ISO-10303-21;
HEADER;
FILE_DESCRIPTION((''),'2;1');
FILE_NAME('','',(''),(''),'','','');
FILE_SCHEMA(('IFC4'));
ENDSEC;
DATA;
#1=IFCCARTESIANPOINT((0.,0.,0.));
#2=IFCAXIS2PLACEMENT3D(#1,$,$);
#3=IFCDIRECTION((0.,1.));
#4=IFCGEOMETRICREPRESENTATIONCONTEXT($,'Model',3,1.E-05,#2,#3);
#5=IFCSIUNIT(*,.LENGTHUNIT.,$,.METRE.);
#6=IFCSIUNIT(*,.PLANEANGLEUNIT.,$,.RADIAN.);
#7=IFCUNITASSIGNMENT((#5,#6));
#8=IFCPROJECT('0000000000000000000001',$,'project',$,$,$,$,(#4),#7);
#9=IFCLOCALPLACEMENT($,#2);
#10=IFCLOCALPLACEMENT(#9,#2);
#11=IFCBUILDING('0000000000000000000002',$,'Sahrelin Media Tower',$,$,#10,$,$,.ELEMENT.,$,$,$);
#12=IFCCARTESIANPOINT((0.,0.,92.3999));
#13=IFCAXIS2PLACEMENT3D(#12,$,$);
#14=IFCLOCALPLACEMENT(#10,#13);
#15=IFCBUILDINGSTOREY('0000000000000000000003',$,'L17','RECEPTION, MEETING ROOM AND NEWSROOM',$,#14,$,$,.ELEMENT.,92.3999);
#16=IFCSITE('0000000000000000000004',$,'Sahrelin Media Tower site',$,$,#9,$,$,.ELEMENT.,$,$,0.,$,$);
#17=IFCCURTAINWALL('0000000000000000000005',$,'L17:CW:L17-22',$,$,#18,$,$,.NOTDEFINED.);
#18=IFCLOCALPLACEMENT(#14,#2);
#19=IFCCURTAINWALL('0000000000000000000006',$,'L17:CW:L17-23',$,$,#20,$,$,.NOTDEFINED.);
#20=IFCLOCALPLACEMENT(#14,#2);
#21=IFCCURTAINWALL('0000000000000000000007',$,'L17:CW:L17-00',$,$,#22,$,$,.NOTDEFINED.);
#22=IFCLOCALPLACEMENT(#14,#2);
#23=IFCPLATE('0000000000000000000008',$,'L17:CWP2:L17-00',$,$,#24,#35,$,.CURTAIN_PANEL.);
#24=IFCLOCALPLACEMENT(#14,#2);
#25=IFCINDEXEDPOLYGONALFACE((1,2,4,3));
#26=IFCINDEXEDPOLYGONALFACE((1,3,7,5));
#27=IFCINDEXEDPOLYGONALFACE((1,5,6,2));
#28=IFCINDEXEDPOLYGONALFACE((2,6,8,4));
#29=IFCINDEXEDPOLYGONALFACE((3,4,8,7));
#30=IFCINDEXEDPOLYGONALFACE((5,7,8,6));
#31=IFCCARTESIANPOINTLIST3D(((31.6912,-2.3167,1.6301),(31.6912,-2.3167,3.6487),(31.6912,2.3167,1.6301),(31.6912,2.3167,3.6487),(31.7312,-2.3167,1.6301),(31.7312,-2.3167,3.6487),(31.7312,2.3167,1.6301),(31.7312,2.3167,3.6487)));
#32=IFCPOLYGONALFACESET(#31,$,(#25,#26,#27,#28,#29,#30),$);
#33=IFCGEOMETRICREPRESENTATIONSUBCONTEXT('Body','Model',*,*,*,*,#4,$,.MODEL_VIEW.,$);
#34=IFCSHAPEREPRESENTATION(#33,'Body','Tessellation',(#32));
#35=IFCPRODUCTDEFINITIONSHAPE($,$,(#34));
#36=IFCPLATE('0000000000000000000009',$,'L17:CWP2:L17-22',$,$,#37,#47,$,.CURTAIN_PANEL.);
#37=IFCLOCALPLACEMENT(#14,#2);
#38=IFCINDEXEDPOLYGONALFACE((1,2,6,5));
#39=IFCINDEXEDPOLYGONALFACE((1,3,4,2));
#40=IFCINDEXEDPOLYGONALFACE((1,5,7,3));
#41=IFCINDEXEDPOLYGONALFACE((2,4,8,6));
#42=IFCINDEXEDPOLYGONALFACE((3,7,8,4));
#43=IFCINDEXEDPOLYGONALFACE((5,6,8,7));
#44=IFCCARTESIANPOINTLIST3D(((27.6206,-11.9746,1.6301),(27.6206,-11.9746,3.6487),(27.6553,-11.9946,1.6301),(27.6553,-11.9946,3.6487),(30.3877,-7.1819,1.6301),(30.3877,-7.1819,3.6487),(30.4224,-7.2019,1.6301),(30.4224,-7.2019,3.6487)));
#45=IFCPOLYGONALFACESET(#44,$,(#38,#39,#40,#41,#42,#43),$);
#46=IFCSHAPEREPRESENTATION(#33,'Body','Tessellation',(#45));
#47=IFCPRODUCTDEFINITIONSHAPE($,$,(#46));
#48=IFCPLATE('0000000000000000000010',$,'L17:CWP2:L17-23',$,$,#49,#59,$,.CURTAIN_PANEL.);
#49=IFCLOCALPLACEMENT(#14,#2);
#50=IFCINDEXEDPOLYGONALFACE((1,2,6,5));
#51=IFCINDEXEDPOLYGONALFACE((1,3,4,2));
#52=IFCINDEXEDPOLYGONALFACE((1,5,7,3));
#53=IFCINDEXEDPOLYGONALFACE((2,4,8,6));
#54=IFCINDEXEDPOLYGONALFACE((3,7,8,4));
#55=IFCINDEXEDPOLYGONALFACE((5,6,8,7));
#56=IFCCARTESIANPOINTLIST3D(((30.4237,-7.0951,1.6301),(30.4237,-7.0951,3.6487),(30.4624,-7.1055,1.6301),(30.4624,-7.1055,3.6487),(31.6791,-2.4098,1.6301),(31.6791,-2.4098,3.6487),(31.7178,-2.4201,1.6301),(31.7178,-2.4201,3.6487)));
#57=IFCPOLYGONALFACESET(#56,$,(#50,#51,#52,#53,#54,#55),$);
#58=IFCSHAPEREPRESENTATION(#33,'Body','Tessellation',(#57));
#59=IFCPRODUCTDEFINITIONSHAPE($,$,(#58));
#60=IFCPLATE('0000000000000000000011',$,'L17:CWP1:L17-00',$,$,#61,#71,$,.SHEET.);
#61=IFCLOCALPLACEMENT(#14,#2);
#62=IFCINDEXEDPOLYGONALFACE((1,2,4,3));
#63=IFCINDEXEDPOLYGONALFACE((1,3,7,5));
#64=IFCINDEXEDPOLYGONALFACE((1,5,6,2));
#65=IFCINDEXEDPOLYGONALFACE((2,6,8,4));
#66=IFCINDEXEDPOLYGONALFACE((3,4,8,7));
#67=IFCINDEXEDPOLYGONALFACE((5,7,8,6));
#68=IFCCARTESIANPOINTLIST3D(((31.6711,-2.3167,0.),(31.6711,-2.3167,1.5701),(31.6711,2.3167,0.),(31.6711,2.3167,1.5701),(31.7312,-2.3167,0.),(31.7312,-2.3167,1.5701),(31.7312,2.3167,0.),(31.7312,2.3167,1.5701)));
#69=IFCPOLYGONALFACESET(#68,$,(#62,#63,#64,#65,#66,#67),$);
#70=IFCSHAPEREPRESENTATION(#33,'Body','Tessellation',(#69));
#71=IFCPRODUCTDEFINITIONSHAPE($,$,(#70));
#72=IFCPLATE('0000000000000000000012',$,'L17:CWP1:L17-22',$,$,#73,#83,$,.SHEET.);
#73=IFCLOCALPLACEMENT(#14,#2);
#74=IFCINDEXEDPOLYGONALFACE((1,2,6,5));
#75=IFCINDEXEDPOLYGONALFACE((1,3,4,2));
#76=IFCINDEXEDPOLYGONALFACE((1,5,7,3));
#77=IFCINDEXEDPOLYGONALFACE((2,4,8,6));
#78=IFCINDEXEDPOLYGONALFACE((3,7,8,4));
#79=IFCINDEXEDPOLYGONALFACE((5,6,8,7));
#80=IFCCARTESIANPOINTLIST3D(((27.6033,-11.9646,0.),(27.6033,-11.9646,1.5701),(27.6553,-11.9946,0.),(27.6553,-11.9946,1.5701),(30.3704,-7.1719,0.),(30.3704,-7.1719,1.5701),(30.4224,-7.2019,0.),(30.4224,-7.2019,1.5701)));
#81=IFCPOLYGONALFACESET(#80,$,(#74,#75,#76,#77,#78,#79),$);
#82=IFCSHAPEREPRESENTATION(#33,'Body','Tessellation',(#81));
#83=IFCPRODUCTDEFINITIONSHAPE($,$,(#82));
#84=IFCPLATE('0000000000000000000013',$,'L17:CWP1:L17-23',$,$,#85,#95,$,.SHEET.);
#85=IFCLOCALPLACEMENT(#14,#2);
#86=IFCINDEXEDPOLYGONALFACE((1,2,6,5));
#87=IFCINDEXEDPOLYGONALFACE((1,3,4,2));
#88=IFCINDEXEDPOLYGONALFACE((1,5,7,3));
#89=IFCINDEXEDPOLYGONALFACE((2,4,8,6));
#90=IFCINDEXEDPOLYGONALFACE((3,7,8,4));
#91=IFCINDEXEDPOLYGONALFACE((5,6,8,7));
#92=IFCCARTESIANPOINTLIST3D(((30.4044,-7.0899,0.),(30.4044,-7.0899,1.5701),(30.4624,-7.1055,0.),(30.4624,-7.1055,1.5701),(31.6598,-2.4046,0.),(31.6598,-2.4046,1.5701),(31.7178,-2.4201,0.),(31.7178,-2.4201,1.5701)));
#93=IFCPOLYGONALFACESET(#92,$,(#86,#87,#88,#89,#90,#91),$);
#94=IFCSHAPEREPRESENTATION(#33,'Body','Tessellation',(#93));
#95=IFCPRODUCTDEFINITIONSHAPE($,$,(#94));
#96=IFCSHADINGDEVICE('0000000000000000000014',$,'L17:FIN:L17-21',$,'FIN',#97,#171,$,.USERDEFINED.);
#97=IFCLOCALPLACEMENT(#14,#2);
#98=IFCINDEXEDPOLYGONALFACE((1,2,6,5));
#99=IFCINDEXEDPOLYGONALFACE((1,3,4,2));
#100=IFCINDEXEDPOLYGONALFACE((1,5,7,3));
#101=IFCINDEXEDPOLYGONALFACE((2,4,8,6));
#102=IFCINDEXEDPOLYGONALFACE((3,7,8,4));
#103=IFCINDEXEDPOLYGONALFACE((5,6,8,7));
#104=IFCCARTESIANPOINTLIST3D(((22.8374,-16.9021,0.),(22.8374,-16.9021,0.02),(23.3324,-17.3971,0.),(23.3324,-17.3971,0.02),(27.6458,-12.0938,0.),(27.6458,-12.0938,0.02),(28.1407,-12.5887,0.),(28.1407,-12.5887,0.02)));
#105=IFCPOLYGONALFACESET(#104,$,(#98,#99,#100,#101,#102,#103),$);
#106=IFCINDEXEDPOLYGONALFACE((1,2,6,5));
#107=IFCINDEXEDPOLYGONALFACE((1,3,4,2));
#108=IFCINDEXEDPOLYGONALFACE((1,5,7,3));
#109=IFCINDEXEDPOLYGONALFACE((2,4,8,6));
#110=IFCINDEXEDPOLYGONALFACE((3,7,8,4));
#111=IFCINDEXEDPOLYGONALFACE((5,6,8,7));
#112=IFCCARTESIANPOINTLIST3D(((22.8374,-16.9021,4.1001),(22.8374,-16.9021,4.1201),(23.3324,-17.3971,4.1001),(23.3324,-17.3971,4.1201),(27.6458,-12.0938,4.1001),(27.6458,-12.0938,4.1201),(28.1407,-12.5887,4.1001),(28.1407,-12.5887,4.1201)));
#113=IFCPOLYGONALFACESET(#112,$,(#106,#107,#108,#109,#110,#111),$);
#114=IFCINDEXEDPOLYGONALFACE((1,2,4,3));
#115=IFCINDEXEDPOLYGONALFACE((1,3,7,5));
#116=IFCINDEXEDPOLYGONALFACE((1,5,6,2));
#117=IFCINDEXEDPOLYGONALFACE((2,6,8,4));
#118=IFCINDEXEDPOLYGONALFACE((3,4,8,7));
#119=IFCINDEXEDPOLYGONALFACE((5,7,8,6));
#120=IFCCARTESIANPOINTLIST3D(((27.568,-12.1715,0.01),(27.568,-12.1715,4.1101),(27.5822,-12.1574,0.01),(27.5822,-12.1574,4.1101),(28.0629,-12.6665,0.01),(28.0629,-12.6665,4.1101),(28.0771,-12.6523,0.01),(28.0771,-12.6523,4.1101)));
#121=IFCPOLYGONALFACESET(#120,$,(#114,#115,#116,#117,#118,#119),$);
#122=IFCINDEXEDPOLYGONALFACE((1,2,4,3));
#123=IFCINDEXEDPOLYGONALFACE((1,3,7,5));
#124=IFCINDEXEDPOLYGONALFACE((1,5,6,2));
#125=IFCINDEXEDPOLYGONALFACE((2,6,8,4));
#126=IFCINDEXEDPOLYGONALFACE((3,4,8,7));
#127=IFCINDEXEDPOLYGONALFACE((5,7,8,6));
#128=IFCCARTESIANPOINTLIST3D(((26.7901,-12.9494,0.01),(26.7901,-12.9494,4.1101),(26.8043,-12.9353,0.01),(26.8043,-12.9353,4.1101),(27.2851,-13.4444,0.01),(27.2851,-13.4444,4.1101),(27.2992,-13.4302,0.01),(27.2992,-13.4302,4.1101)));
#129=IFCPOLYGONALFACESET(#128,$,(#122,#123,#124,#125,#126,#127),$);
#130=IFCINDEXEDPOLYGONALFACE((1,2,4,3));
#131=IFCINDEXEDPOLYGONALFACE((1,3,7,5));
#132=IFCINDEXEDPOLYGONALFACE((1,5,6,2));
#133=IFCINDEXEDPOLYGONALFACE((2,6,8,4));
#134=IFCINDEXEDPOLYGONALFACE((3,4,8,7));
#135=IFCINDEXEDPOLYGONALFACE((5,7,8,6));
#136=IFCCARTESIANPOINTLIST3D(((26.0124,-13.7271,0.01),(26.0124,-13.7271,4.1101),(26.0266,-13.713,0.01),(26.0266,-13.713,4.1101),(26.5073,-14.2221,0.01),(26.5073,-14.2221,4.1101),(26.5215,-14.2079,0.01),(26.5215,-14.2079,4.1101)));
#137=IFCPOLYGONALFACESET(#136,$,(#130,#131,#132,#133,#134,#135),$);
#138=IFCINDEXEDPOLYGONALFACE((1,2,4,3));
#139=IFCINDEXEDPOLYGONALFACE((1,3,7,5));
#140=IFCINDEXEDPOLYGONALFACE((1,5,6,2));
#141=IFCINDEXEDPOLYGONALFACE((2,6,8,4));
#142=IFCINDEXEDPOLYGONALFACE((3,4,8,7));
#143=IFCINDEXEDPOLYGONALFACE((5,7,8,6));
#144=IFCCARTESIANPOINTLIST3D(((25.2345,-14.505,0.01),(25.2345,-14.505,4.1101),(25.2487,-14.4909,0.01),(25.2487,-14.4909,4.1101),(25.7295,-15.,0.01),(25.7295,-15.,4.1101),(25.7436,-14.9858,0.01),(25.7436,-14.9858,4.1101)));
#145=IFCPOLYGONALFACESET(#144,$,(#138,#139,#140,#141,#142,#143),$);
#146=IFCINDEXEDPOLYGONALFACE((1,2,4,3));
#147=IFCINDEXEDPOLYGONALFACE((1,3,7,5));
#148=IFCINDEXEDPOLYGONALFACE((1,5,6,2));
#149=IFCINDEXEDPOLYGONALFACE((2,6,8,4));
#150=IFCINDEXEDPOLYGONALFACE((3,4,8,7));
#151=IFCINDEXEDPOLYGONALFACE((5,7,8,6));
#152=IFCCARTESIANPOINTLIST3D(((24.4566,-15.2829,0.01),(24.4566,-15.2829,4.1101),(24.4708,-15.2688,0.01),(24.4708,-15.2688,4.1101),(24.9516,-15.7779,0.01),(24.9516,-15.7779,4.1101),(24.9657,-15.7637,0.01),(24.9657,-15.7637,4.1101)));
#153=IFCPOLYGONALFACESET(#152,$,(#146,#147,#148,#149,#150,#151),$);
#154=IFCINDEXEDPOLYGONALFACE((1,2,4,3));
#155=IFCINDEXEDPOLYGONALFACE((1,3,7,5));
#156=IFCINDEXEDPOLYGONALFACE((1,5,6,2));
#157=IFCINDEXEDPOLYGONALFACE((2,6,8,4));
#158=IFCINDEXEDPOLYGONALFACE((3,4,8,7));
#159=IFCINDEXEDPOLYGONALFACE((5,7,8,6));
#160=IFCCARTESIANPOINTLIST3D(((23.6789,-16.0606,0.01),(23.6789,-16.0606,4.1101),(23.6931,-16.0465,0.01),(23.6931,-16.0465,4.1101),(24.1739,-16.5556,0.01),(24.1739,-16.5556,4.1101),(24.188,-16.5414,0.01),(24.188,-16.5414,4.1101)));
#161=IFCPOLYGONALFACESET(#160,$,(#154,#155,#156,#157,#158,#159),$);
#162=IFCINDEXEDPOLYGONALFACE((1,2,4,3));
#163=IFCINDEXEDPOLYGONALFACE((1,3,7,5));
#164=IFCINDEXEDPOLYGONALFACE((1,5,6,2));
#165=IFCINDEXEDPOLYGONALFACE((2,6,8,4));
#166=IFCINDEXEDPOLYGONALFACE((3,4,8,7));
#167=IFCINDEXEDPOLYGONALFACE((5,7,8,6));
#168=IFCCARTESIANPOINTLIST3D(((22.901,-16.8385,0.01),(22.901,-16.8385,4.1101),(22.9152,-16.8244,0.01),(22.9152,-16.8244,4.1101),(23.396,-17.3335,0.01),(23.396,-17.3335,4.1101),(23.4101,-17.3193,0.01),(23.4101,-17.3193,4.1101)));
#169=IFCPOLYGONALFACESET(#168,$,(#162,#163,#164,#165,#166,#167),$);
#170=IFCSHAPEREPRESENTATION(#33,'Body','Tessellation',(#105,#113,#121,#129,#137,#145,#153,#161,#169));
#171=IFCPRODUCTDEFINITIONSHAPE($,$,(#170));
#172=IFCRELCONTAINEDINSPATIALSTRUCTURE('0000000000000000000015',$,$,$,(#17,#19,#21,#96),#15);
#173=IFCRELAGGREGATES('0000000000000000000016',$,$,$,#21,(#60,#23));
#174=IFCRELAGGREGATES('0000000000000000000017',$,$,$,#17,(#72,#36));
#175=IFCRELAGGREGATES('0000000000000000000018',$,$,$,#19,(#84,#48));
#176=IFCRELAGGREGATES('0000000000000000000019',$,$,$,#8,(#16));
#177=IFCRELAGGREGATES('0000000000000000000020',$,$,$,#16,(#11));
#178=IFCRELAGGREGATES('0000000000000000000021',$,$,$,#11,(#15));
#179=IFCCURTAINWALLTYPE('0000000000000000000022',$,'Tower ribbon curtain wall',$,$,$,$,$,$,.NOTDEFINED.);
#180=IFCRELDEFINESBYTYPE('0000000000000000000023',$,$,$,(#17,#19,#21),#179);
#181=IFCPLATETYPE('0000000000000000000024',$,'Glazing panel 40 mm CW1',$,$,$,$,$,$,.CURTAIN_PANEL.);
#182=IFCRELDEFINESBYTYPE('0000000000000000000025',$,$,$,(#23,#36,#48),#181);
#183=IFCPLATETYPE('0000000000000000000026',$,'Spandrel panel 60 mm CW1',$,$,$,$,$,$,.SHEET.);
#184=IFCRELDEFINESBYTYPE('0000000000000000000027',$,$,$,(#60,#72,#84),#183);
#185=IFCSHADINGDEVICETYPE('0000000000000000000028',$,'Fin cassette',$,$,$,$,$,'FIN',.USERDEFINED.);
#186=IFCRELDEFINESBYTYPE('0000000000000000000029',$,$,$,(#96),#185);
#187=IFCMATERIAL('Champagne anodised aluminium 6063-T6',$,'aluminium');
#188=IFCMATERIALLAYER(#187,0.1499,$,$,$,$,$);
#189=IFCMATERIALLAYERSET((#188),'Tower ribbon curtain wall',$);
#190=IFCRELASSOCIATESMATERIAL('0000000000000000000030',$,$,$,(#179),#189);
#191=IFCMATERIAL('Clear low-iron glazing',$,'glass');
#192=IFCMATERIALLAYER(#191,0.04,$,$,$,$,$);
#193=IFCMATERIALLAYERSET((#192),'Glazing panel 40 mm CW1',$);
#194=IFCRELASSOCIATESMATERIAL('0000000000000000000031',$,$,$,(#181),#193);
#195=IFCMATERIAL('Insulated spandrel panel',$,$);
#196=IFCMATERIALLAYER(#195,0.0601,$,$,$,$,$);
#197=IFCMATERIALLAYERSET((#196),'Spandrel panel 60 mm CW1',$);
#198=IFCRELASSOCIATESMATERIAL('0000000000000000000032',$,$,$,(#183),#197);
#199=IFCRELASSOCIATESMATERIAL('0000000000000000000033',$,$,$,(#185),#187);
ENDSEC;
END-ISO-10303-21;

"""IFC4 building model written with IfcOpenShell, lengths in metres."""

from ifc_helpers import new_model, si_unit, direction, frame, origin, origin_2d, place, context, subcontext, project, spatial, polyline, rectangle, outline, extrude, material, layer, layer_set, type_object, element, aggregate, save


model = new_model("IFC4")

# Units and contexts
model_context = context("Model", 3, precision=1e-05, world=origin(), true_north=direction((0.0, 1.0)))
body_context = subcontext(model_context, "Body", "Model", "MODEL_VIEW")
ifc_project = project(units=[si_unit("LENGTHUNIT", "METRE"), si_unit("PLANEANGLEUNIT", "RADIAN")], contexts=[model_context])

# Site, building, storey
site_placement = place(None, origin())
site = spatial("IfcSite", under=ifc_project, at=site_placement, Name="Sahrelin Media Tower site", CompositionType="ELEMENT", RefElevation=0.0)
building_placement = place(site_placement, origin())
building = spatial("IfcBuilding", under=site, at=building_placement, Name="Sahrelin Media Tower", CompositionType="ELEMENT")
storey_placement = place(building_placement, frame((0.0, 0.0, 92.3999)))
storey = spatial("IfcBuildingStorey", under=building, at=storey_placement, Name="L17", Description="RECEPTION, MEETING ROOM AND NEWSROOM", CompositionType="ELEMENT", Elevation=92.3999)

# Curtain walls
ifc_material_1 = material(Name="Champagne anodised aluminium 6063-T6", Category="aluminium")
ifc_layer_1 = layer(ifc_material_1, 0.1499)
ifc_layer_set_1 = layer_set([ifc_layer_1], Name="Tower ribbon curtain wall")
curtain_wall_type = type_object("IfcCurtainWallType", Name="Tower ribbon curtain wall", PredefinedType="NOTDEFINED", material=ifc_layer_set_1)
curtain_wall_1_placement = place(storey_placement, frame((29.0215, -9.5884, 0.0), z_axis=(0.0, 0.0, 1.0), x_axis=(1.0, 0.0, 0.0)))
curtain_wall_1 = element("IfcCurtainWall", 1, at=curtain_wall_1_placement, inside=storey, type_object=curtain_wall_type, Name="L17:CW:L17-22", PredefinedType="NOTDEFINED")
curtain_wall_2_placement = place(storey_placement, frame((31.0708, -4.7576, 0.0), z_axis=(0.0, 0.0, 1.0), x_axis=(1.0, 0.0, 0.0)))
curtain_wall_2 = element("IfcCurtainWall", 2, at=curtain_wall_2_placement, inside=storey, type_object=curtain_wall_type, Name="L17:CW:L17-23", PredefinedType="NOTDEFINED")

# Curtain wall
curtain_wall_3_placement = place(storey_placement, frame((31.7112, 0.0, 0.0), z_axis=(0.0, 0.0, 1.0), x_axis=(1.0, 0.0, 0.0)))
curtain_wall_3 = element("IfcCurtainWall", 3, at=curtain_wall_3_placement, inside=storey, type_object=curtain_wall_type, Name="L17:CW:L17-00", PredefinedType="NOTDEFINED")

# Plates
ifc_material_2 = material(Name="Clear low-iron glazing", Category="glass")
ifc_layer_2 = layer(ifc_material_2, 0.04)
ifc_layer_set_2 = layer_set([ifc_layer_2], Name="Glazing panel 40 mm CW1")
plate_type_1 = type_object("IfcPlateType", Name="Glazing panel 40 mm CW1", PredefinedType="CURTAIN_PANEL", material=ifc_layer_set_2)
plate_1_placement = place(storey_placement, frame((31.7312, -2.3167, 1.6301), z_axis=(1.0, 0.0, 0.0), x_axis=(0.0, 1.0, 0.0)))
plate_1 = element("IfcPlate", 4, at=plate_1_placement, type_object=plate_type_1, Name="L17:CWP2:L17-00", PredefinedType="CURTAIN_PANEL", context=body_context, shape_type="SweptSolid", body=[
    extrude(outline(polyline([(0.0, 0.0), (4.6333, 0.0), (4.6333, 2.0186), (0.0, 2.0186), (0.0, 0.0)])), origin(), (0.0, 0.0, -1.0), 0.04),
])
plate_2_placement = place(storey_placement, frame((27.6553, -11.9946, 1.6301), z_axis=(0.866025, -0.500001, 0.0), x_axis=(0.500001, 0.866025, 0.0)))
plate_2 = element("IfcPlate", 5, at=plate_2_placement, type_object=plate_type_1, Name="L17:CWP2:L17-22", PredefinedType="CURTAIN_PANEL", context=body_context, shape_type="SweptSolid", body=[
    extrude(outline(polyline([(0.0, 0.0), (5.5342, 0.0), (5.5342, 2.0186), (0.0, 2.0186), (0.0, 0.0)])), origin(), (0.0, 0.0, -1.0), 0.04),
])
plate_3_placement = place(storey_placement, frame((30.4624, -7.1055, 1.6301), z_axis=(0.965929, -0.258809, 0.0), x_axis=(0.258809, 0.965929, 0.0)))
plate_3 = element("IfcPlate", 6, at=plate_3_placement, type_object=plate_type_1, Name="L17:CWP2:L17-23", PredefinedType="CURTAIN_PANEL", context=body_context, shape_type="SweptSolid", body=[
    extrude(outline(polyline([(0.0, 0.0), (4.8506, 0.0), (4.8506, 2.0186), (0.0, 2.0186), (0.0, 0.0)])), origin(), (0.0, 0.0, -1.0), 0.04),
])
ifc_material_3 = material(Name="Insulated spandrel panel")
ifc_layer_3 = layer(ifc_material_3, 0.0601)
ifc_layer_set_3 = layer_set([ifc_layer_3], Name="Spandrel panel 60 mm CW1")
plate_type_2 = type_object("IfcPlateType", Name="Spandrel panel 60 mm CW1", PredefinedType="SHEET", material=ifc_layer_set_3)
plate_4_placement = place(storey_placement, frame((31.7312, -2.3167, 0.0), z_axis=(1.0, 0.0, 0.0), x_axis=(0.0, 1.0, 0.0)))
plate_4 = element("IfcPlate", 7, at=plate_4_placement, type_object=plate_type_2, Name="L17:CWP1:L17-00", PredefinedType="SHEET", context=body_context, shape_type="SweptSolid", body=[
    extrude(outline(polyline([(0.0, 0.0), (4.6333, 0.0), (4.6333, 1.5701), (0.0, 1.5701), (0.0, 0.0)])), origin(), (0.0, 0.0, -1.0), 0.0601),
])
aggregate(curtain_wall_3, [plate_4, plate_1])
plate_5_placement = place(storey_placement, frame((27.6553, -11.9946, 0.0), z_axis=(0.866025, -0.500001, 0.0), x_axis=(0.500001, 0.866025, 0.0)))
plate_5 = element("IfcPlate", 8, at=plate_5_placement, type_object=plate_type_2, Name="L17:CWP1:L17-22", PredefinedType="SHEET", context=body_context, shape_type="SweptSolid", body=[
    extrude(outline(polyline([(0.0, 0.0), (5.5342, 0.0), (5.5342, 1.5701), (0.0, 1.5701), (0.0, 0.0)])), origin(), (0.0, 0.0, -1.0), 0.0601),
])
aggregate(curtain_wall_1, [plate_5, plate_2])
plate_6_placement = place(storey_placement, frame((30.4624, -7.1055, 0.0), z_axis=(0.965929, -0.258809, 0.0), x_axis=(0.258809, 0.965929, 0.0)))
plate_6 = element("IfcPlate", 9, at=plate_6_placement, type_object=plate_type_2, Name="L17:CWP1:L17-23", PredefinedType="SHEET", context=body_context, shape_type="SweptSolid", body=[
    extrude(outline(polyline([(0.0, 0.0), (4.8506, 0.0), (4.8506, 1.5701), (0.0, 1.5701), (0.0, 0.0)])), origin(), (0.0, 0.0, -1.0), 0.0601),
])
aggregate(curtain_wall_2, [plate_6, plate_3])

# Shading device
shading_device_type_1 = type_object("IfcShadingDeviceType", Name="Fin cassette", ElementType="FIN", PredefinedType="USERDEFINED", material=ifc_material_1)
placement_1 = place(storey_placement, frame((25.1921, -14.4485, 0.0), z_axis=(0.0, 0.0, 1.0), x_axis=(-0.707107, -0.707107, 0.0)))
element("IfcShadingDevice", 10, at=placement_1, inside=storey, type_object=shading_device_type_1, Name="L17:FIN:L17-21", ObjectType="FIN", PredefinedType="USERDEFINED", context=body_context, shape_type="SweptSolid", body=[
    extrude(rectangle(XDim=6.8, YDim=0.7, at=origin_2d()), frame((0.0, 0.4199, 0.0)), (0.0, 0.0, 1.0), 0.02),
    extrude(rectangle(XDim=6.8, YDim=0.7, at=origin_2d()), frame((0.0, 0.4199, 4.1001)), (0.0, 0.0, 1.0), 0.02),
    extrude(rectangle(XDim=0.02, YDim=0.7, at=origin_2d()), frame((-3.3, 0.4199, 0.01), z_axis=(0.0, 0.0, 1.0), x_axis=(1.0, 0.0, 0.0)), (0.0, 0.0, 1.0), 4.1001),
    extrude(rectangle(XDim=0.02, YDim=0.7, at=origin_2d()), frame((-2.2, 0.4199, 0.01), z_axis=(0.0, 0.0, 1.0), x_axis=(1.0, 0.0, 0.0)), (0.0, 0.0, 1.0), 4.1001),
    extrude(rectangle(XDim=0.02, YDim=0.7, at=origin_2d()), frame((-1.1001, 0.4199, 0.01), z_axis=(0.0, 0.0, 1.0), x_axis=(1.0, 0.0, 0.0)), (0.0, 0.0, 1.0), 4.1001),
    extrude(rectangle(XDim=0.02, YDim=0.7, at=origin_2d()), frame((0.0, 0.4199, 0.01), z_axis=(0.0, 0.0, 1.0), x_axis=(1.0, 0.0, 0.0)), (0.0, 0.0, 1.0), 4.1001),
    extrude(rectangle(XDim=0.02, YDim=0.7, at=origin_2d()), frame((1.1001, 0.4199, 0.01), z_axis=(0.0, 0.0, 1.0), x_axis=(1.0, 0.0, 0.0)), (0.0, 0.0, 1.0), 4.1001),
    extrude(rectangle(XDim=0.02, YDim=0.7, at=origin_2d()), frame((2.2, 0.4199, 0.01), z_axis=(0.0, 0.0, 1.0), x_axis=(1.0, 0.0, 0.0)), (0.0, 0.0, 1.0), 4.1001),
    extrude(rectangle(XDim=0.02, YDim=0.7, at=origin_2d()), frame((3.3, 0.4199, 0.01), z_axis=(0.0, 0.0, 1.0), x_axis=(1.0, 0.0, 0.0)), (0.0, 0.0, 1.0), 4.1001),
])

save(model, "model.ifc")
